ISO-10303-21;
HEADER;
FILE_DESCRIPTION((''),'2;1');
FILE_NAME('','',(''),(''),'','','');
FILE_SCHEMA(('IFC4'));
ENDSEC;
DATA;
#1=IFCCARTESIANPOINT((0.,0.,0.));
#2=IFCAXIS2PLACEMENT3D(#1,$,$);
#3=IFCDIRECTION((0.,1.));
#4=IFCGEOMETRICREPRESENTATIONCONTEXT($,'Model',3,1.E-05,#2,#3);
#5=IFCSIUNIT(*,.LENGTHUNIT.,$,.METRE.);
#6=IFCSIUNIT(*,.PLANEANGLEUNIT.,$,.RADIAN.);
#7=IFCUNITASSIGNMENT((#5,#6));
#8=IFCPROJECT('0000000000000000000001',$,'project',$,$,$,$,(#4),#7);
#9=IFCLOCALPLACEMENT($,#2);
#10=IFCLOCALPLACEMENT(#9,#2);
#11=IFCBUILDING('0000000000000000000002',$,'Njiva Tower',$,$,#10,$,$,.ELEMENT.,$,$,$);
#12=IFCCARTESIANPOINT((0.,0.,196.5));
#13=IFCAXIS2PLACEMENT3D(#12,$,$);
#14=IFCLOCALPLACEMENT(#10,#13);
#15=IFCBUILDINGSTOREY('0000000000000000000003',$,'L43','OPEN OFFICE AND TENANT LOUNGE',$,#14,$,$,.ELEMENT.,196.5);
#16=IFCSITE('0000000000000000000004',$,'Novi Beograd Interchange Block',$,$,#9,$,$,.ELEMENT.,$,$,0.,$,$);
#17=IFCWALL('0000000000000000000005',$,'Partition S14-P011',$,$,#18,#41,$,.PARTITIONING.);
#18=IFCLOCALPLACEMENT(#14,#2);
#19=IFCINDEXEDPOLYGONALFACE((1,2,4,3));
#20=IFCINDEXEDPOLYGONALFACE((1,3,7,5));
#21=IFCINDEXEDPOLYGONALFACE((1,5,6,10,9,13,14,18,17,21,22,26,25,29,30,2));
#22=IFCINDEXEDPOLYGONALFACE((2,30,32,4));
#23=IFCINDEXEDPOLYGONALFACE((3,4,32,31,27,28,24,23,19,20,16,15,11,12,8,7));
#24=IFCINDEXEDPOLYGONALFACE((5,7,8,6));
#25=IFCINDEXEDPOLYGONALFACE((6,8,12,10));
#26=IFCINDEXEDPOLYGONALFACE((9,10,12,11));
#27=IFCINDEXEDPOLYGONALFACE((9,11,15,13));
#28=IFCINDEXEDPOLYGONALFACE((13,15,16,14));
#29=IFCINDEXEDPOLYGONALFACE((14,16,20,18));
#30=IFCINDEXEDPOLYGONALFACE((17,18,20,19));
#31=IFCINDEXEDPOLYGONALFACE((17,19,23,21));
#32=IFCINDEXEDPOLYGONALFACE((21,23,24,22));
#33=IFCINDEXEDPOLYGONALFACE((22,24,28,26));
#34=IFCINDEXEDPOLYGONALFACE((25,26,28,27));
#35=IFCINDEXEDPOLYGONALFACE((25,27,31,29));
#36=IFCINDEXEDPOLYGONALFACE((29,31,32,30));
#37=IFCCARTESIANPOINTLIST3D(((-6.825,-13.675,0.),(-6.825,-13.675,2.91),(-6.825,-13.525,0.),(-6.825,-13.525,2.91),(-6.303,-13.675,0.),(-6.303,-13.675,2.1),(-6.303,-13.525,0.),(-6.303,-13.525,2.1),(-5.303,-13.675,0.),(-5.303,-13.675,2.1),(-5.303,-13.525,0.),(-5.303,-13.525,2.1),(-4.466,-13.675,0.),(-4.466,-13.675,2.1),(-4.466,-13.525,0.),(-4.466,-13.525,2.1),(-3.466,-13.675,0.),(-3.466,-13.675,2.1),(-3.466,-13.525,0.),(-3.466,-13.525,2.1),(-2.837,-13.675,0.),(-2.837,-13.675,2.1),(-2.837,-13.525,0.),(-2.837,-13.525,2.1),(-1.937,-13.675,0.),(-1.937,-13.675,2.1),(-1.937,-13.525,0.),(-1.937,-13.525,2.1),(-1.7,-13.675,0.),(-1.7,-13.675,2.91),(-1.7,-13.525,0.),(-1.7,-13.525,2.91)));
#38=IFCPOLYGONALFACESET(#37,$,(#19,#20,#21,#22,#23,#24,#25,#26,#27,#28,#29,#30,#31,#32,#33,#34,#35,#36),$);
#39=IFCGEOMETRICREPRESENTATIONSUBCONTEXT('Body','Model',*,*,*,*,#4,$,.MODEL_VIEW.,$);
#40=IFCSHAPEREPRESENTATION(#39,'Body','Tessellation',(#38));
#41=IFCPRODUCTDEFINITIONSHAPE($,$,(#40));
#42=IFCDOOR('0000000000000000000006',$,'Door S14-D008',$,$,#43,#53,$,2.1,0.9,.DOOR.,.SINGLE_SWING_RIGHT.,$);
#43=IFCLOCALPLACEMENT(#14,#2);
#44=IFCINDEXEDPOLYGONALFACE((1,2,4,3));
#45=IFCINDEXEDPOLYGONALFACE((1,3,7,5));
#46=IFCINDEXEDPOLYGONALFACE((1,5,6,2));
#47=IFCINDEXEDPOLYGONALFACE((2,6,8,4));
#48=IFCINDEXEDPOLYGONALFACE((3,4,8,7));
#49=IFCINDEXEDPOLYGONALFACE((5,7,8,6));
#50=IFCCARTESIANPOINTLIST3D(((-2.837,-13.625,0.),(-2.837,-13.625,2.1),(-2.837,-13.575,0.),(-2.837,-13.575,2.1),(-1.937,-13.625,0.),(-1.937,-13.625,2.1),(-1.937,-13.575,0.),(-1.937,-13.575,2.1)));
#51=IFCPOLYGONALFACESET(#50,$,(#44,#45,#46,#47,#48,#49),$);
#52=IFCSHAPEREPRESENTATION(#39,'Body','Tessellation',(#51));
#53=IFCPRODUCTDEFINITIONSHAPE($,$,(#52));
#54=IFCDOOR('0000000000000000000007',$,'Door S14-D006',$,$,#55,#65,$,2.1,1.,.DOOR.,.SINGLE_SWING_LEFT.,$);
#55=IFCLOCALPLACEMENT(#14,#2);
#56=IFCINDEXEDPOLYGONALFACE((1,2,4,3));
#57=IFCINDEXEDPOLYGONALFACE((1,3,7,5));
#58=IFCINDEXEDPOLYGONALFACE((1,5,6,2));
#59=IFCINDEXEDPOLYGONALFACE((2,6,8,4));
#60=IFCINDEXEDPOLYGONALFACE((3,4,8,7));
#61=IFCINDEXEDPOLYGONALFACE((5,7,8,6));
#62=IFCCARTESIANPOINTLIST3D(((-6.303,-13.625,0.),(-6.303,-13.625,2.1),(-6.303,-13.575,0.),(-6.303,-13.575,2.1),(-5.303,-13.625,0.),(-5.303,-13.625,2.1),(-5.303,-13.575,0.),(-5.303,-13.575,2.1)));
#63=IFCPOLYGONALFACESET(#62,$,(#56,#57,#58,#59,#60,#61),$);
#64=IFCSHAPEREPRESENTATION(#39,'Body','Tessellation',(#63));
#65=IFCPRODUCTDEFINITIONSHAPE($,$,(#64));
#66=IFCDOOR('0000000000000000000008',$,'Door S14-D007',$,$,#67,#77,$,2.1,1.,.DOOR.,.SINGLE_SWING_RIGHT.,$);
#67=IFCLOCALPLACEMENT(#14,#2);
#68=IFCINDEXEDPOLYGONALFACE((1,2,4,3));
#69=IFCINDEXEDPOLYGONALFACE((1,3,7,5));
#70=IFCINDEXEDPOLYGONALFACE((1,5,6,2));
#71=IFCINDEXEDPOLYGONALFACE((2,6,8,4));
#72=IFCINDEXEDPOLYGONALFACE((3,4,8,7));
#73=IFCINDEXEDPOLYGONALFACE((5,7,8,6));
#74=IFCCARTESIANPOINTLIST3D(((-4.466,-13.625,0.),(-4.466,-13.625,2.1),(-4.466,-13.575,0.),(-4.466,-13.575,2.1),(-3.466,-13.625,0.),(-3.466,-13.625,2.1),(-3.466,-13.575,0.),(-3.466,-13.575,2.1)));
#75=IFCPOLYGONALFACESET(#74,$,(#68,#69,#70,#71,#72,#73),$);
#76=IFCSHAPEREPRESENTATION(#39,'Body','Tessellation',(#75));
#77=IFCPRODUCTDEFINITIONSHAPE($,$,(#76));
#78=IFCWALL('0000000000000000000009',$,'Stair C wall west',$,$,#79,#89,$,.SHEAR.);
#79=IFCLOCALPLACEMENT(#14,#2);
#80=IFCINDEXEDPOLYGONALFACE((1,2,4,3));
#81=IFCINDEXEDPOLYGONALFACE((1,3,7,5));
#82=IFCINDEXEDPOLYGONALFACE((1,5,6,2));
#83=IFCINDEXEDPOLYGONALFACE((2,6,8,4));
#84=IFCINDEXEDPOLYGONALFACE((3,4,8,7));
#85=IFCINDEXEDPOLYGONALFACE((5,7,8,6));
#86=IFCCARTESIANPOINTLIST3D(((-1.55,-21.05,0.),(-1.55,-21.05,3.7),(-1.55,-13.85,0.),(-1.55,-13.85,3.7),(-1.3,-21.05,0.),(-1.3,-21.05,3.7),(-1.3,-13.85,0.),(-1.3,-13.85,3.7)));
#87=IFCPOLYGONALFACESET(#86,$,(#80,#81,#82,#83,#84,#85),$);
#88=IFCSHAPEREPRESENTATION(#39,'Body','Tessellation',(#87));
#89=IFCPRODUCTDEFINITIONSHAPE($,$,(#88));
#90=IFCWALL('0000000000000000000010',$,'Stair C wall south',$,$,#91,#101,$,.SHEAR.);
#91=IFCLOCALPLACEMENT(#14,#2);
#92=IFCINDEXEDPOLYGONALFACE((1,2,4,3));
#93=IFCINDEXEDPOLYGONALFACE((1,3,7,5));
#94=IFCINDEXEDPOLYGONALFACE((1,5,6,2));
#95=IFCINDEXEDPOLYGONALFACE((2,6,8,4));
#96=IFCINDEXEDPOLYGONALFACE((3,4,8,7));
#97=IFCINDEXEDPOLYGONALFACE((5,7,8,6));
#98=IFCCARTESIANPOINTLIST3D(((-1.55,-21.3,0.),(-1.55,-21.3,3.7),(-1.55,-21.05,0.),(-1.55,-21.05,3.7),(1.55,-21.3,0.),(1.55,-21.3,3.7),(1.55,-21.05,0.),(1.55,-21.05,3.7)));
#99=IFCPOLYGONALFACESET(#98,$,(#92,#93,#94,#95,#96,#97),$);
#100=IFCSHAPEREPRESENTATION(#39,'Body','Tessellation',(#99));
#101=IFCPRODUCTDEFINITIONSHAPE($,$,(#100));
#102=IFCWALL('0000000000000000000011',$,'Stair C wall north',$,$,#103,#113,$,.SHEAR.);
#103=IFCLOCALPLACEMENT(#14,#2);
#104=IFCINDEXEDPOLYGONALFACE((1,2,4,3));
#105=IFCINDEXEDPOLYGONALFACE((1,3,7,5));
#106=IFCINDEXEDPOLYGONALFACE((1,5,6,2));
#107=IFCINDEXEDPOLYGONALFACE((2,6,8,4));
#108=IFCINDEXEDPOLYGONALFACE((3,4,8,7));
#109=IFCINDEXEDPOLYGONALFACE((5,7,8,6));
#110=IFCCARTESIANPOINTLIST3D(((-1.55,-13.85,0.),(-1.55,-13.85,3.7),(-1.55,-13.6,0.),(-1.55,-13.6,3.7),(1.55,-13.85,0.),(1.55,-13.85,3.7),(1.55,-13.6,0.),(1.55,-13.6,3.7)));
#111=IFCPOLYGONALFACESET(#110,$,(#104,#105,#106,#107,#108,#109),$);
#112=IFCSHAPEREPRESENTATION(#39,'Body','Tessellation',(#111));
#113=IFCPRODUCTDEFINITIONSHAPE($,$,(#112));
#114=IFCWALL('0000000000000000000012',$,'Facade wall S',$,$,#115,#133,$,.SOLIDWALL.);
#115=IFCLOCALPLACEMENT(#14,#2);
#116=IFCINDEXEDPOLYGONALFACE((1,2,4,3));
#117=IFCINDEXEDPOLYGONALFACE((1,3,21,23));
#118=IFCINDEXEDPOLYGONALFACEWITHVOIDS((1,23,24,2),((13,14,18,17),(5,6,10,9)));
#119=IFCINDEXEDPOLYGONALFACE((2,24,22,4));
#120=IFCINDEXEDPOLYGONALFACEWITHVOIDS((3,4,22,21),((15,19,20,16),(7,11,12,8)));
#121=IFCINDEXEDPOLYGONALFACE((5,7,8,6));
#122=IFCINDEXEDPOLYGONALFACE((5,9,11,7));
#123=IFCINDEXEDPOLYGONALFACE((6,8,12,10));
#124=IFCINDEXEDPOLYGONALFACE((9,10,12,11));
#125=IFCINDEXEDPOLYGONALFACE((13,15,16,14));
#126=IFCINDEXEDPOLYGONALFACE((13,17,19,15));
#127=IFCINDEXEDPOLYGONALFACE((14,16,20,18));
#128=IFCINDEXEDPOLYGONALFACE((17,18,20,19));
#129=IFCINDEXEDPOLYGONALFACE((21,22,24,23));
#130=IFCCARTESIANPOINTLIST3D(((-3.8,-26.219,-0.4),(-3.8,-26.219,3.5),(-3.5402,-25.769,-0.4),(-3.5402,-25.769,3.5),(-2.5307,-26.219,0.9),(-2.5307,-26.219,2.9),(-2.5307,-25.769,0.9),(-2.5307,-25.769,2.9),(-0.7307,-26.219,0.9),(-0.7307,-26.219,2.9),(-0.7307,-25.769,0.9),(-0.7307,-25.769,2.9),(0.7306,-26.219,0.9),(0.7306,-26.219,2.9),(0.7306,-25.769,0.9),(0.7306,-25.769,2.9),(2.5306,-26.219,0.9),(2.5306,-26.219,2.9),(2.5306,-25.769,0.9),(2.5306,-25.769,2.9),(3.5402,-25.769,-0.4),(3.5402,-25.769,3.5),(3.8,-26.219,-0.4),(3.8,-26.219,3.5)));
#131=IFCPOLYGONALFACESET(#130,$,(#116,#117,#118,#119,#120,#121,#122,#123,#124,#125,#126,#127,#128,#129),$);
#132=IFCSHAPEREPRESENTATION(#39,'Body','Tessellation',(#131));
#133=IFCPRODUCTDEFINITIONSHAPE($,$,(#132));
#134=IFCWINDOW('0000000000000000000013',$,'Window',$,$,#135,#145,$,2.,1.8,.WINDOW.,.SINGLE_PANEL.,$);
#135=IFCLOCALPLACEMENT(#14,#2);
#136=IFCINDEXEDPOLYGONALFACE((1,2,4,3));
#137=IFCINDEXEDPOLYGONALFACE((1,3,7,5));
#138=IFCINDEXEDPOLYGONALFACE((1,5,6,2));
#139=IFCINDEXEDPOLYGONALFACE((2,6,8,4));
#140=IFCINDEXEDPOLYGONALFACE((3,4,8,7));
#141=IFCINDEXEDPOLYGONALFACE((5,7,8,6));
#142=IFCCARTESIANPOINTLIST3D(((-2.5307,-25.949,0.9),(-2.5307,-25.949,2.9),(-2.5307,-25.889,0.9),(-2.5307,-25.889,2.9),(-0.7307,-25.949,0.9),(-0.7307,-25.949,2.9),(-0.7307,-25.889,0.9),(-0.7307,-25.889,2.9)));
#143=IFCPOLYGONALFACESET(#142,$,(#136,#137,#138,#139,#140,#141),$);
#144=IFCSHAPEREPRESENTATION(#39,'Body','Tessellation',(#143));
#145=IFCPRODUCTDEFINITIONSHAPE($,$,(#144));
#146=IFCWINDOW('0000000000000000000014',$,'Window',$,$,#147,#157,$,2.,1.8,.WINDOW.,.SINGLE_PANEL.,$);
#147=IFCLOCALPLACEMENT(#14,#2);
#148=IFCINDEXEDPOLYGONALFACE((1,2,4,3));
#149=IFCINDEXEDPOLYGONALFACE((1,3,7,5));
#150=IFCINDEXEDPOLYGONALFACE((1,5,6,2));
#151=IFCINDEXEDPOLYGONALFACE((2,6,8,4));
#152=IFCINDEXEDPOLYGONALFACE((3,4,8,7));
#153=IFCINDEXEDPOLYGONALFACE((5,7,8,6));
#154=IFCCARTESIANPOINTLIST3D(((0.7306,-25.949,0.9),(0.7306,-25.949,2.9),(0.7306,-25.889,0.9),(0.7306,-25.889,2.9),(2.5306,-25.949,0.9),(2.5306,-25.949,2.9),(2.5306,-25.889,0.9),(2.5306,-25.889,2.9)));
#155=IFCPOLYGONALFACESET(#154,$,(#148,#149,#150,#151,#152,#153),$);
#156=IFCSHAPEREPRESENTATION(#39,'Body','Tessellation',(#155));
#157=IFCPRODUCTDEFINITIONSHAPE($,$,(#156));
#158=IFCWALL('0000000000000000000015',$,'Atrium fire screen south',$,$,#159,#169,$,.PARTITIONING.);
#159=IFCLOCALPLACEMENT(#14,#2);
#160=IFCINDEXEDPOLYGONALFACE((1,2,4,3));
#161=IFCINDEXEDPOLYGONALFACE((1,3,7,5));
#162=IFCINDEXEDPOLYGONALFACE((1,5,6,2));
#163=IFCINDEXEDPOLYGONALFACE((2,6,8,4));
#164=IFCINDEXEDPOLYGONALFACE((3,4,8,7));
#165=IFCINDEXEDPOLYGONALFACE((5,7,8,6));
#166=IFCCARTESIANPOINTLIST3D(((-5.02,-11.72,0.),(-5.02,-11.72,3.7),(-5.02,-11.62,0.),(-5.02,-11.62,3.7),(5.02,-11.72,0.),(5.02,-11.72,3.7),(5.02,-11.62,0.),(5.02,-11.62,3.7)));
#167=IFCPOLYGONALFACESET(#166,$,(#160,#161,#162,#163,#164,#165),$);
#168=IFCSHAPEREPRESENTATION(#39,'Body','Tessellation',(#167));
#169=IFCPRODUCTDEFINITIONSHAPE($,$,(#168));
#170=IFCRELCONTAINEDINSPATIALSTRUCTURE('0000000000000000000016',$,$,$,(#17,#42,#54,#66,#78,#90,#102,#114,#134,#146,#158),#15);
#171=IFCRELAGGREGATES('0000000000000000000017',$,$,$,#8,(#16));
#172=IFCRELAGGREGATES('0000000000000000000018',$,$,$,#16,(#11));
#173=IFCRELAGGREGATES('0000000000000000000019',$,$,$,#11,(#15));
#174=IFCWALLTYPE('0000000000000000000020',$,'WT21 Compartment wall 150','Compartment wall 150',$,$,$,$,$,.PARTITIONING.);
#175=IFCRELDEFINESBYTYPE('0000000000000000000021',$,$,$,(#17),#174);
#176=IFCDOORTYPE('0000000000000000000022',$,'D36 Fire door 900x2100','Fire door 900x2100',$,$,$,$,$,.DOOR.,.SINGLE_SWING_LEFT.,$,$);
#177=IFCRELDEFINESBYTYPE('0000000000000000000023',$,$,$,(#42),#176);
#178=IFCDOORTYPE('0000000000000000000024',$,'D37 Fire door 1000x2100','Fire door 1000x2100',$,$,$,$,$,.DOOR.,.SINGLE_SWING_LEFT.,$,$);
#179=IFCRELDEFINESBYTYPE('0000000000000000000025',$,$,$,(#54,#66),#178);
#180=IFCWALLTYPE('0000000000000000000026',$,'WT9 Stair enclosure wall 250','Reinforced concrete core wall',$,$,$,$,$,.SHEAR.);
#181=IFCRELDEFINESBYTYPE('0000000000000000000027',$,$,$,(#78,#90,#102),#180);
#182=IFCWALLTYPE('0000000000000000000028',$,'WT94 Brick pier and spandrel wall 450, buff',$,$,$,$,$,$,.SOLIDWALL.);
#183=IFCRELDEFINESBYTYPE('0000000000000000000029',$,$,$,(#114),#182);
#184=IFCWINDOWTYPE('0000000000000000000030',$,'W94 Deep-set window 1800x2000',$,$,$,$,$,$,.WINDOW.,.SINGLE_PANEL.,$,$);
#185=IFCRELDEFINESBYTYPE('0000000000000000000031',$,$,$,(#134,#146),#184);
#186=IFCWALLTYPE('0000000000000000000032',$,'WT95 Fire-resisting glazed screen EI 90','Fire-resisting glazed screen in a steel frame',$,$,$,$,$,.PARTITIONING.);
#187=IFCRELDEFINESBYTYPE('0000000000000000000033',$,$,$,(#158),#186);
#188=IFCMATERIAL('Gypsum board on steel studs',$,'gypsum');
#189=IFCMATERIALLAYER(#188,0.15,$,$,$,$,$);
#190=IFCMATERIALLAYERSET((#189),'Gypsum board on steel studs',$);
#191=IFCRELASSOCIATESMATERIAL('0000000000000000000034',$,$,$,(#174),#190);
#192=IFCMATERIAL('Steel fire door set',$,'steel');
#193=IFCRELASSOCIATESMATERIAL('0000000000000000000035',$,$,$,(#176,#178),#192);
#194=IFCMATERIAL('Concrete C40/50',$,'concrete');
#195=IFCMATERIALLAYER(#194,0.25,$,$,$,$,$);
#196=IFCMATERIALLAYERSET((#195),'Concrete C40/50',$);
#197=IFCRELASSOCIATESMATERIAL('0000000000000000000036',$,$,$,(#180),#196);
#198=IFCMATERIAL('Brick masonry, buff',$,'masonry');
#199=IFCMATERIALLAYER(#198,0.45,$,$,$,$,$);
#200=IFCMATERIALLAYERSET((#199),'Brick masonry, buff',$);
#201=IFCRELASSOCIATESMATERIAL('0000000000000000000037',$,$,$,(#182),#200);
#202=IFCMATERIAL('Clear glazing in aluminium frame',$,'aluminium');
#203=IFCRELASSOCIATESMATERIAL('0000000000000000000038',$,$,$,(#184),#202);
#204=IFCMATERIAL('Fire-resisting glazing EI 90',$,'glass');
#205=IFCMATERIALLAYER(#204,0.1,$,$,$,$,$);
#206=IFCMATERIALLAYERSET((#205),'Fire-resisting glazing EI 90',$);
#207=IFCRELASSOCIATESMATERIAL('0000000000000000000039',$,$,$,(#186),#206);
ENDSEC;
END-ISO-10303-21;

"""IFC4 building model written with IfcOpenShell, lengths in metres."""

from ifc_helpers import new_model, si_unit, direction, frame, frame_2d, origin, place, context, subcontext, project, spatial, polyline, rectangle, outline, extrude, material, layer, layer_set, type_object, element, fill, save


model = new_model("IFC4")

# Units and contexts
model_context = context("Model", 3, precision=1e-05, world=origin(), true_north=direction((0.0, 1.0)))
body_context = subcontext(model_context, "Body", "Model", "MODEL_VIEW")
ifc_project = project(units=[si_unit("LENGTHUNIT", "METRE"), si_unit("PLANEANGLEUNIT", "RADIAN")], contexts=[model_context])

# Site, building, storey
site_placement = place(None, origin())
site = spatial("IfcSite", under=ifc_project, at=site_placement, Name="Novi Beograd Interchange Block", CompositionType="ELEMENT", RefElevation=0.0)
building_placement = place(site_placement, origin())
building = spatial("IfcBuilding", under=site, at=building_placement, Name="Njiva Tower", CompositionType="ELEMENT")
storey_placement = place(building_placement, frame((0.0, 0.0, 196.5)))
storey = spatial("IfcBuildingStorey", under=building, at=storey_placement, Name="L43", Description="OPEN OFFICE AND TENANT LOUNGE", CompositionType="ELEMENT", Elevation=196.5)

# Shared definitions
ifc_material_1 = material(Name="Gypsum board on steel studs", Category="gypsum")
ifc_layer_1 = layer(ifc_material_1, 0.15)
ifc_layer_set_1 = layer_set([ifc_layer_1], Name="Gypsum board on steel studs")
wall_type_1 = type_object("IfcWallType", Name="WT21 Compartment wall 150", Description="Compartment wall 150", PredefinedType="PARTITIONING", material=ifc_layer_set_1)

# Wall, openings, doors
wall_1_placement = place(storey_placement, frame((-6.825, -13.6, 0.0), z_axis=(0.0, 0.0, 1.0), x_axis=(1.0, 0.0, 0.0)))
wall_1 = element("IfcWall", 1, at=wall_1_placement, inside=storey, type_object=wall_type_1, Name="Partition S14-P011", PredefinedType="PARTITIONING", context=body_context, shape_type="SweptSolid", body=[
    extrude(rectangle(XDim=5.125, YDim=0.15, at=frame_2d((2.5625, 0.0))), origin(), (0.0, 0.0, 1.0), 2.91),
])
opening_1_placement = place(wall_1_placement, frame((0.522, 0.0, 0.0)))
opening_1 = element("IfcOpeningElement", 2, at=opening_1_placement, cuts=wall_1, PredefinedType="OPENING", context=body_context, shape_type="SweptSolid", body=[
    extrude(rectangle(XDim=1.0, YDim=2.1, at=frame_2d((0.5, 1.05))), frame((0.0, 0.085, 0.0), z_axis=(0.0, -1.0, 0.0), x_axis=(1.0, 0.0, 0.0)), (0.0, 0.0, 1.0), 0.17),
])
opening_2_placement = place(wall_1_placement, frame((2.359, 0.0, 0.0)))
opening_2 = element("IfcOpeningElement", 3, at=opening_2_placement, cuts=wall_1, PredefinedType="OPENING", context=body_context, shape_type="SweptSolid", body=[
    extrude(rectangle(XDim=1.0, YDim=2.1, at=frame_2d((0.5, 1.05))), frame((0.0, 0.085, 0.0), z_axis=(0.0, -1.0, 0.0), x_axis=(1.0, 0.0, 0.0)), (0.0, 0.0, 1.0), 0.17),
])
opening_3_placement = place(wall_1_placement, frame((3.988, 0.0, 0.0)))
opening_3 = element("IfcOpeningElement", 4, at=opening_3_placement, cuts=wall_1, PredefinedType="OPENING", context=body_context, shape_type="SweptSolid", body=[
    extrude(rectangle(XDim=0.9, YDim=2.1, at=frame_2d((0.45, 1.05))), frame((0.0, 0.085, 0.0), z_axis=(0.0, -1.0, 0.0), x_axis=(1.0, 0.0, 0.0)), (0.0, 0.0, 1.0), 0.17),
])
ifc_material_2 = material(Name="Steel fire door set", Category="steel")
door_type_1 = type_object("IfcDoorType", Name="D36 Fire door 900x2100", Description="Fire door 900x2100", OperationType="SINGLE_SWING_LEFT", PredefinedType="DOOR", material=ifc_material_2)
door_1_placement = place(opening_3_placement, origin())
door_1 = element("IfcDoor", 5, at=door_1_placement, inside=storey, type_object=door_type_1, Name="Door S14-D008", OperationType="SINGLE_SWING_RIGHT", OverallHeight=2.1, OverallWidth=0.9, PredefinedType="DOOR", context=body_context, shape_type="SweptSolid", body=[
    extrude(rectangle(XDim=0.9, YDim=2.1, at=frame_2d((0.45, 1.05))), frame((0.0, 0.025, 0.0), z_axis=(0.0, -1.0, 0.0), x_axis=(1.0, 0.0, 0.0)), (0.0, 0.0, 1.0), 0.05),
])
fill(opening_3, door_1)
door_type_2 = type_object("IfcDoorType", Name="D37 Fire door 1000x2100", Description="Fire door 1000x2100", OperationType="SINGLE_SWING_LEFT", PredefinedType="DOOR", material=ifc_material_2)
door_2_placement = place(opening_1_placement, origin())
door_2 = element("IfcDoor", 6, at=door_2_placement, inside=storey, type_object=door_type_2, Name="Door S14-D006", OperationType="SINGLE_SWING_LEFT", OverallHeight=2.1, OverallWidth=1.0, PredefinedType="DOOR", context=body_context, shape_type="SweptSolid", body=[
    extrude(rectangle(XDim=1.0, YDim=2.1, at=frame_2d((0.5, 1.05))), frame((0.0, 0.025, 0.0), z_axis=(0.0, -1.0, 0.0), x_axis=(1.0, 0.0, 0.0)), (0.0, 0.0, 1.0), 0.05),
])
fill(opening_1, door_2)
door_3_placement = place(opening_2_placement, origin())
door_3 = element("IfcDoor", 7, at=door_3_placement, inside=storey, type_object=door_type_2, Name="Door S14-D007", OperationType="SINGLE_SWING_RIGHT", OverallHeight=2.1, OverallWidth=1.0, PredefinedType="DOOR", context=body_context, shape_type="SweptSolid", body=[
    extrude(rectangle(XDim=1.0, YDim=2.1, at=frame_2d((0.5, 1.05))), frame((0.0, 0.025, 0.0), z_axis=(0.0, -1.0, 0.0), x_axis=(1.0, 0.0, 0.0)), (0.0, 0.0, 1.0), 0.05),
])
fill(opening_2, door_3)

# Walls
ifc_material_3 = material(Name="Concrete C40/50", Category="concrete")
ifc_layer_2 = layer(ifc_material_3, 0.25)
ifc_layer_set_2 = layer_set([ifc_layer_2], Name="Concrete C40/50")
wall_type_2 = type_object("IfcWallType", Name="WT9 Stair enclosure wall 250", Description="Reinforced concrete core wall", PredefinedType="SHEAR", material=ifc_layer_set_2)
wall_2_placement = place(storey_placement, frame((-1.425, -21.05, 0.0), z_axis=(0.0, 0.0, 1.0), x_axis=(0.0, 1.0, 0.0)))
element("IfcWall", 8, at=wall_2_placement, inside=storey, type_object=wall_type_2, Name="Stair C wall west", PredefinedType="SHEAR", context=body_context, shape_type="SweptSolid", body=[
    extrude(rectangle(XDim=7.2, YDim=0.25, at=frame_2d((3.6, 0.0))), origin(), (0.0, 0.0, 1.0), 3.7),
])
for number, where, z_axis, x_axis, name in (
    (9, (-1.55, -21.175, 0.0), (0.0, 0.0, 1.0), (1.0, 0.0, 0.0), "Stair C wall south"),
    (10, (-1.55, -13.725, 0.0), (0.0, 0.0, 1.0), (1.0, 0.0, 0.0), "Stair C wall north"),
):
    element("IfcWall", number, at=place(storey_placement, frame(where, z_axis=z_axis, x_axis=x_axis)), inside=storey, type_object=wall_type_2, Name=name, PredefinedType="SHEAR", context=body_context, shape_type="SweptSolid", body=[
        extrude(rectangle(XDim=3.1, YDim=0.25, at=frame_2d((1.55, 0.0))), origin(), (0.0, 0.0, 1.0), 3.7),
    ])

# Wall, openings, windows
ifc_material_4 = material(Name="Brick masonry, buff", Category="masonry")
ifc_layer_3 = layer(ifc_material_4, 0.45)
ifc_layer_set_3 = layer_set([ifc_layer_3], Name="Brick masonry, buff")
wall_type_3 = type_object("IfcWallType", Name="WT94 Brick pier and spandrel wall 450, buff", PredefinedType="SOLIDWALL", material=ifc_layer_set_3)
wall_3_placement = place(storey_placement, frame((-3.6701, -25.994, -0.4), z_axis=(0.0, 0.0, 1.0), x_axis=(1.0, 0.0, 0.0)))
wall_3 = element("IfcWall", 11, at=wall_3_placement, inside=storey, type_object=wall_type_3, Name="Facade wall S", PredefinedType="SOLIDWALL", context=body_context, shape_type="SweptSolid", body=[
    extrude(outline(polyline([(-0.1299, -0.225), (7.4701, -0.225), (7.2103, 0.225), (0.1299, 0.225), (-0.1299, -0.225)])), origin(), (0.0, 0.0, 1.0), 3.9),
])
opening_4_placement = place(wall_3_placement, frame((1.1394, 0.0, 1.3)))
opening_4 = element("IfcOpeningElement", 12, at=opening_4_placement, cuts=wall_3, PredefinedType="OPENING", context=body_context, shape_type="SweptSolid", body=[
    extrude(rectangle(XDim=1.8, YDim=2.0, at=frame_2d((0.9, 1.0))), frame((0.0, 0.235, 0.0), z_axis=(0.0, -1.0, 0.0), x_axis=(1.0, 0.0, 0.0)), (0.0, 0.0, 1.0), 0.47),
])
opening_5_placement = place(wall_3_placement, frame((4.4007, 0.0, 1.3)))
opening_5 = element("IfcOpeningElement", 13, at=opening_5_placement, cuts=wall_3, PredefinedType="OPENING", context=body_context, shape_type="SweptSolid", body=[
    extrude(rectangle(XDim=1.8, YDim=2.0, at=frame_2d((0.9, 1.0))), frame((0.0, 0.235, 0.0), z_axis=(0.0, -1.0, 0.0), x_axis=(1.0, 0.0, 0.0)), (0.0, 0.0, 1.0), 0.47),
])
ifc_material_5 = material(Name="Clear glazing in aluminium frame", Category="aluminium")
window_type = type_object("IfcWindowType", Name="W94 Deep-set window 1800x2000", PartitioningType="SINGLE_PANEL", PredefinedType="WINDOW", material=ifc_material_5)
window_1_placement = place(opening_4_placement, origin())
window_1 = element("IfcWindow", 14, at=window_1_placement, inside=storey, type_object=window_type, Name="Window", OverallHeight=2.0, OverallWidth=1.8, PartitioningType="SINGLE_PANEL", PredefinedType="WINDOW", context=body_context, shape_type="SweptSolid", body=[
    extrude(rectangle(XDim=1.8, YDim=2.0, at=frame_2d((0.9, 1.0))), frame((0.0, 0.105, 0.0), z_axis=(0.0, -1.0, 0.0), x_axis=(1.0, 0.0, 0.0)), (0.0, 0.0, 1.0), 0.06),
])
fill(opening_4, window_1)
window_2_placement = place(opening_5_placement, origin())
window_2 = element("IfcWindow", 15, at=window_2_placement, inside=storey, type_object=window_type, Name="Window", OverallHeight=2.0, OverallWidth=1.8, PartitioningType="SINGLE_PANEL", PredefinedType="WINDOW", context=body_context, shape_type="SweptSolid", body=[
    extrude(rectangle(XDim=1.8, YDim=2.0, at=frame_2d((0.9, 1.0))), frame((0.0, 0.105, 0.0), z_axis=(0.0, -1.0, 0.0), x_axis=(1.0, 0.0, 0.0)), (0.0, 0.0, 1.0), 0.06),
])
fill(opening_5, window_2)

# Wall
ifc_material_6 = material(Name="Fire-resisting glazing EI 90", Category="glass")
ifc_layer_4 = layer(ifc_material_6, 0.1)
ifc_layer_set_4 = layer_set([ifc_layer_4], Name="Fire-resisting glazing EI 90")
wall_type_4 = type_object("IfcWallType", Name="WT95 Fire-resisting glazed screen EI 90", Description="Fire-resisting glazed screen in a steel frame", PredefinedType="PARTITIONING", material=ifc_layer_set_4)
wall_4_placement = place(storey_placement, frame((-5.02, -11.67, 0.0), z_axis=(0.0, 0.0, 1.0), x_axis=(1.0, 0.0, 0.0)))
element("IfcWall", 16, at=wall_4_placement, inside=storey, type_object=wall_type_4, Name="Atrium fire screen south", PredefinedType="PARTITIONING", context=body_context, shape_type="SweptSolid", body=[
    extrude(rectangle(XDim=10.04, YDim=0.1, at=frame_2d((5.02, 0.0))), origin(), (0.0, 0.0, 1.0), 3.7),
])

save(model, "model.ifc")
